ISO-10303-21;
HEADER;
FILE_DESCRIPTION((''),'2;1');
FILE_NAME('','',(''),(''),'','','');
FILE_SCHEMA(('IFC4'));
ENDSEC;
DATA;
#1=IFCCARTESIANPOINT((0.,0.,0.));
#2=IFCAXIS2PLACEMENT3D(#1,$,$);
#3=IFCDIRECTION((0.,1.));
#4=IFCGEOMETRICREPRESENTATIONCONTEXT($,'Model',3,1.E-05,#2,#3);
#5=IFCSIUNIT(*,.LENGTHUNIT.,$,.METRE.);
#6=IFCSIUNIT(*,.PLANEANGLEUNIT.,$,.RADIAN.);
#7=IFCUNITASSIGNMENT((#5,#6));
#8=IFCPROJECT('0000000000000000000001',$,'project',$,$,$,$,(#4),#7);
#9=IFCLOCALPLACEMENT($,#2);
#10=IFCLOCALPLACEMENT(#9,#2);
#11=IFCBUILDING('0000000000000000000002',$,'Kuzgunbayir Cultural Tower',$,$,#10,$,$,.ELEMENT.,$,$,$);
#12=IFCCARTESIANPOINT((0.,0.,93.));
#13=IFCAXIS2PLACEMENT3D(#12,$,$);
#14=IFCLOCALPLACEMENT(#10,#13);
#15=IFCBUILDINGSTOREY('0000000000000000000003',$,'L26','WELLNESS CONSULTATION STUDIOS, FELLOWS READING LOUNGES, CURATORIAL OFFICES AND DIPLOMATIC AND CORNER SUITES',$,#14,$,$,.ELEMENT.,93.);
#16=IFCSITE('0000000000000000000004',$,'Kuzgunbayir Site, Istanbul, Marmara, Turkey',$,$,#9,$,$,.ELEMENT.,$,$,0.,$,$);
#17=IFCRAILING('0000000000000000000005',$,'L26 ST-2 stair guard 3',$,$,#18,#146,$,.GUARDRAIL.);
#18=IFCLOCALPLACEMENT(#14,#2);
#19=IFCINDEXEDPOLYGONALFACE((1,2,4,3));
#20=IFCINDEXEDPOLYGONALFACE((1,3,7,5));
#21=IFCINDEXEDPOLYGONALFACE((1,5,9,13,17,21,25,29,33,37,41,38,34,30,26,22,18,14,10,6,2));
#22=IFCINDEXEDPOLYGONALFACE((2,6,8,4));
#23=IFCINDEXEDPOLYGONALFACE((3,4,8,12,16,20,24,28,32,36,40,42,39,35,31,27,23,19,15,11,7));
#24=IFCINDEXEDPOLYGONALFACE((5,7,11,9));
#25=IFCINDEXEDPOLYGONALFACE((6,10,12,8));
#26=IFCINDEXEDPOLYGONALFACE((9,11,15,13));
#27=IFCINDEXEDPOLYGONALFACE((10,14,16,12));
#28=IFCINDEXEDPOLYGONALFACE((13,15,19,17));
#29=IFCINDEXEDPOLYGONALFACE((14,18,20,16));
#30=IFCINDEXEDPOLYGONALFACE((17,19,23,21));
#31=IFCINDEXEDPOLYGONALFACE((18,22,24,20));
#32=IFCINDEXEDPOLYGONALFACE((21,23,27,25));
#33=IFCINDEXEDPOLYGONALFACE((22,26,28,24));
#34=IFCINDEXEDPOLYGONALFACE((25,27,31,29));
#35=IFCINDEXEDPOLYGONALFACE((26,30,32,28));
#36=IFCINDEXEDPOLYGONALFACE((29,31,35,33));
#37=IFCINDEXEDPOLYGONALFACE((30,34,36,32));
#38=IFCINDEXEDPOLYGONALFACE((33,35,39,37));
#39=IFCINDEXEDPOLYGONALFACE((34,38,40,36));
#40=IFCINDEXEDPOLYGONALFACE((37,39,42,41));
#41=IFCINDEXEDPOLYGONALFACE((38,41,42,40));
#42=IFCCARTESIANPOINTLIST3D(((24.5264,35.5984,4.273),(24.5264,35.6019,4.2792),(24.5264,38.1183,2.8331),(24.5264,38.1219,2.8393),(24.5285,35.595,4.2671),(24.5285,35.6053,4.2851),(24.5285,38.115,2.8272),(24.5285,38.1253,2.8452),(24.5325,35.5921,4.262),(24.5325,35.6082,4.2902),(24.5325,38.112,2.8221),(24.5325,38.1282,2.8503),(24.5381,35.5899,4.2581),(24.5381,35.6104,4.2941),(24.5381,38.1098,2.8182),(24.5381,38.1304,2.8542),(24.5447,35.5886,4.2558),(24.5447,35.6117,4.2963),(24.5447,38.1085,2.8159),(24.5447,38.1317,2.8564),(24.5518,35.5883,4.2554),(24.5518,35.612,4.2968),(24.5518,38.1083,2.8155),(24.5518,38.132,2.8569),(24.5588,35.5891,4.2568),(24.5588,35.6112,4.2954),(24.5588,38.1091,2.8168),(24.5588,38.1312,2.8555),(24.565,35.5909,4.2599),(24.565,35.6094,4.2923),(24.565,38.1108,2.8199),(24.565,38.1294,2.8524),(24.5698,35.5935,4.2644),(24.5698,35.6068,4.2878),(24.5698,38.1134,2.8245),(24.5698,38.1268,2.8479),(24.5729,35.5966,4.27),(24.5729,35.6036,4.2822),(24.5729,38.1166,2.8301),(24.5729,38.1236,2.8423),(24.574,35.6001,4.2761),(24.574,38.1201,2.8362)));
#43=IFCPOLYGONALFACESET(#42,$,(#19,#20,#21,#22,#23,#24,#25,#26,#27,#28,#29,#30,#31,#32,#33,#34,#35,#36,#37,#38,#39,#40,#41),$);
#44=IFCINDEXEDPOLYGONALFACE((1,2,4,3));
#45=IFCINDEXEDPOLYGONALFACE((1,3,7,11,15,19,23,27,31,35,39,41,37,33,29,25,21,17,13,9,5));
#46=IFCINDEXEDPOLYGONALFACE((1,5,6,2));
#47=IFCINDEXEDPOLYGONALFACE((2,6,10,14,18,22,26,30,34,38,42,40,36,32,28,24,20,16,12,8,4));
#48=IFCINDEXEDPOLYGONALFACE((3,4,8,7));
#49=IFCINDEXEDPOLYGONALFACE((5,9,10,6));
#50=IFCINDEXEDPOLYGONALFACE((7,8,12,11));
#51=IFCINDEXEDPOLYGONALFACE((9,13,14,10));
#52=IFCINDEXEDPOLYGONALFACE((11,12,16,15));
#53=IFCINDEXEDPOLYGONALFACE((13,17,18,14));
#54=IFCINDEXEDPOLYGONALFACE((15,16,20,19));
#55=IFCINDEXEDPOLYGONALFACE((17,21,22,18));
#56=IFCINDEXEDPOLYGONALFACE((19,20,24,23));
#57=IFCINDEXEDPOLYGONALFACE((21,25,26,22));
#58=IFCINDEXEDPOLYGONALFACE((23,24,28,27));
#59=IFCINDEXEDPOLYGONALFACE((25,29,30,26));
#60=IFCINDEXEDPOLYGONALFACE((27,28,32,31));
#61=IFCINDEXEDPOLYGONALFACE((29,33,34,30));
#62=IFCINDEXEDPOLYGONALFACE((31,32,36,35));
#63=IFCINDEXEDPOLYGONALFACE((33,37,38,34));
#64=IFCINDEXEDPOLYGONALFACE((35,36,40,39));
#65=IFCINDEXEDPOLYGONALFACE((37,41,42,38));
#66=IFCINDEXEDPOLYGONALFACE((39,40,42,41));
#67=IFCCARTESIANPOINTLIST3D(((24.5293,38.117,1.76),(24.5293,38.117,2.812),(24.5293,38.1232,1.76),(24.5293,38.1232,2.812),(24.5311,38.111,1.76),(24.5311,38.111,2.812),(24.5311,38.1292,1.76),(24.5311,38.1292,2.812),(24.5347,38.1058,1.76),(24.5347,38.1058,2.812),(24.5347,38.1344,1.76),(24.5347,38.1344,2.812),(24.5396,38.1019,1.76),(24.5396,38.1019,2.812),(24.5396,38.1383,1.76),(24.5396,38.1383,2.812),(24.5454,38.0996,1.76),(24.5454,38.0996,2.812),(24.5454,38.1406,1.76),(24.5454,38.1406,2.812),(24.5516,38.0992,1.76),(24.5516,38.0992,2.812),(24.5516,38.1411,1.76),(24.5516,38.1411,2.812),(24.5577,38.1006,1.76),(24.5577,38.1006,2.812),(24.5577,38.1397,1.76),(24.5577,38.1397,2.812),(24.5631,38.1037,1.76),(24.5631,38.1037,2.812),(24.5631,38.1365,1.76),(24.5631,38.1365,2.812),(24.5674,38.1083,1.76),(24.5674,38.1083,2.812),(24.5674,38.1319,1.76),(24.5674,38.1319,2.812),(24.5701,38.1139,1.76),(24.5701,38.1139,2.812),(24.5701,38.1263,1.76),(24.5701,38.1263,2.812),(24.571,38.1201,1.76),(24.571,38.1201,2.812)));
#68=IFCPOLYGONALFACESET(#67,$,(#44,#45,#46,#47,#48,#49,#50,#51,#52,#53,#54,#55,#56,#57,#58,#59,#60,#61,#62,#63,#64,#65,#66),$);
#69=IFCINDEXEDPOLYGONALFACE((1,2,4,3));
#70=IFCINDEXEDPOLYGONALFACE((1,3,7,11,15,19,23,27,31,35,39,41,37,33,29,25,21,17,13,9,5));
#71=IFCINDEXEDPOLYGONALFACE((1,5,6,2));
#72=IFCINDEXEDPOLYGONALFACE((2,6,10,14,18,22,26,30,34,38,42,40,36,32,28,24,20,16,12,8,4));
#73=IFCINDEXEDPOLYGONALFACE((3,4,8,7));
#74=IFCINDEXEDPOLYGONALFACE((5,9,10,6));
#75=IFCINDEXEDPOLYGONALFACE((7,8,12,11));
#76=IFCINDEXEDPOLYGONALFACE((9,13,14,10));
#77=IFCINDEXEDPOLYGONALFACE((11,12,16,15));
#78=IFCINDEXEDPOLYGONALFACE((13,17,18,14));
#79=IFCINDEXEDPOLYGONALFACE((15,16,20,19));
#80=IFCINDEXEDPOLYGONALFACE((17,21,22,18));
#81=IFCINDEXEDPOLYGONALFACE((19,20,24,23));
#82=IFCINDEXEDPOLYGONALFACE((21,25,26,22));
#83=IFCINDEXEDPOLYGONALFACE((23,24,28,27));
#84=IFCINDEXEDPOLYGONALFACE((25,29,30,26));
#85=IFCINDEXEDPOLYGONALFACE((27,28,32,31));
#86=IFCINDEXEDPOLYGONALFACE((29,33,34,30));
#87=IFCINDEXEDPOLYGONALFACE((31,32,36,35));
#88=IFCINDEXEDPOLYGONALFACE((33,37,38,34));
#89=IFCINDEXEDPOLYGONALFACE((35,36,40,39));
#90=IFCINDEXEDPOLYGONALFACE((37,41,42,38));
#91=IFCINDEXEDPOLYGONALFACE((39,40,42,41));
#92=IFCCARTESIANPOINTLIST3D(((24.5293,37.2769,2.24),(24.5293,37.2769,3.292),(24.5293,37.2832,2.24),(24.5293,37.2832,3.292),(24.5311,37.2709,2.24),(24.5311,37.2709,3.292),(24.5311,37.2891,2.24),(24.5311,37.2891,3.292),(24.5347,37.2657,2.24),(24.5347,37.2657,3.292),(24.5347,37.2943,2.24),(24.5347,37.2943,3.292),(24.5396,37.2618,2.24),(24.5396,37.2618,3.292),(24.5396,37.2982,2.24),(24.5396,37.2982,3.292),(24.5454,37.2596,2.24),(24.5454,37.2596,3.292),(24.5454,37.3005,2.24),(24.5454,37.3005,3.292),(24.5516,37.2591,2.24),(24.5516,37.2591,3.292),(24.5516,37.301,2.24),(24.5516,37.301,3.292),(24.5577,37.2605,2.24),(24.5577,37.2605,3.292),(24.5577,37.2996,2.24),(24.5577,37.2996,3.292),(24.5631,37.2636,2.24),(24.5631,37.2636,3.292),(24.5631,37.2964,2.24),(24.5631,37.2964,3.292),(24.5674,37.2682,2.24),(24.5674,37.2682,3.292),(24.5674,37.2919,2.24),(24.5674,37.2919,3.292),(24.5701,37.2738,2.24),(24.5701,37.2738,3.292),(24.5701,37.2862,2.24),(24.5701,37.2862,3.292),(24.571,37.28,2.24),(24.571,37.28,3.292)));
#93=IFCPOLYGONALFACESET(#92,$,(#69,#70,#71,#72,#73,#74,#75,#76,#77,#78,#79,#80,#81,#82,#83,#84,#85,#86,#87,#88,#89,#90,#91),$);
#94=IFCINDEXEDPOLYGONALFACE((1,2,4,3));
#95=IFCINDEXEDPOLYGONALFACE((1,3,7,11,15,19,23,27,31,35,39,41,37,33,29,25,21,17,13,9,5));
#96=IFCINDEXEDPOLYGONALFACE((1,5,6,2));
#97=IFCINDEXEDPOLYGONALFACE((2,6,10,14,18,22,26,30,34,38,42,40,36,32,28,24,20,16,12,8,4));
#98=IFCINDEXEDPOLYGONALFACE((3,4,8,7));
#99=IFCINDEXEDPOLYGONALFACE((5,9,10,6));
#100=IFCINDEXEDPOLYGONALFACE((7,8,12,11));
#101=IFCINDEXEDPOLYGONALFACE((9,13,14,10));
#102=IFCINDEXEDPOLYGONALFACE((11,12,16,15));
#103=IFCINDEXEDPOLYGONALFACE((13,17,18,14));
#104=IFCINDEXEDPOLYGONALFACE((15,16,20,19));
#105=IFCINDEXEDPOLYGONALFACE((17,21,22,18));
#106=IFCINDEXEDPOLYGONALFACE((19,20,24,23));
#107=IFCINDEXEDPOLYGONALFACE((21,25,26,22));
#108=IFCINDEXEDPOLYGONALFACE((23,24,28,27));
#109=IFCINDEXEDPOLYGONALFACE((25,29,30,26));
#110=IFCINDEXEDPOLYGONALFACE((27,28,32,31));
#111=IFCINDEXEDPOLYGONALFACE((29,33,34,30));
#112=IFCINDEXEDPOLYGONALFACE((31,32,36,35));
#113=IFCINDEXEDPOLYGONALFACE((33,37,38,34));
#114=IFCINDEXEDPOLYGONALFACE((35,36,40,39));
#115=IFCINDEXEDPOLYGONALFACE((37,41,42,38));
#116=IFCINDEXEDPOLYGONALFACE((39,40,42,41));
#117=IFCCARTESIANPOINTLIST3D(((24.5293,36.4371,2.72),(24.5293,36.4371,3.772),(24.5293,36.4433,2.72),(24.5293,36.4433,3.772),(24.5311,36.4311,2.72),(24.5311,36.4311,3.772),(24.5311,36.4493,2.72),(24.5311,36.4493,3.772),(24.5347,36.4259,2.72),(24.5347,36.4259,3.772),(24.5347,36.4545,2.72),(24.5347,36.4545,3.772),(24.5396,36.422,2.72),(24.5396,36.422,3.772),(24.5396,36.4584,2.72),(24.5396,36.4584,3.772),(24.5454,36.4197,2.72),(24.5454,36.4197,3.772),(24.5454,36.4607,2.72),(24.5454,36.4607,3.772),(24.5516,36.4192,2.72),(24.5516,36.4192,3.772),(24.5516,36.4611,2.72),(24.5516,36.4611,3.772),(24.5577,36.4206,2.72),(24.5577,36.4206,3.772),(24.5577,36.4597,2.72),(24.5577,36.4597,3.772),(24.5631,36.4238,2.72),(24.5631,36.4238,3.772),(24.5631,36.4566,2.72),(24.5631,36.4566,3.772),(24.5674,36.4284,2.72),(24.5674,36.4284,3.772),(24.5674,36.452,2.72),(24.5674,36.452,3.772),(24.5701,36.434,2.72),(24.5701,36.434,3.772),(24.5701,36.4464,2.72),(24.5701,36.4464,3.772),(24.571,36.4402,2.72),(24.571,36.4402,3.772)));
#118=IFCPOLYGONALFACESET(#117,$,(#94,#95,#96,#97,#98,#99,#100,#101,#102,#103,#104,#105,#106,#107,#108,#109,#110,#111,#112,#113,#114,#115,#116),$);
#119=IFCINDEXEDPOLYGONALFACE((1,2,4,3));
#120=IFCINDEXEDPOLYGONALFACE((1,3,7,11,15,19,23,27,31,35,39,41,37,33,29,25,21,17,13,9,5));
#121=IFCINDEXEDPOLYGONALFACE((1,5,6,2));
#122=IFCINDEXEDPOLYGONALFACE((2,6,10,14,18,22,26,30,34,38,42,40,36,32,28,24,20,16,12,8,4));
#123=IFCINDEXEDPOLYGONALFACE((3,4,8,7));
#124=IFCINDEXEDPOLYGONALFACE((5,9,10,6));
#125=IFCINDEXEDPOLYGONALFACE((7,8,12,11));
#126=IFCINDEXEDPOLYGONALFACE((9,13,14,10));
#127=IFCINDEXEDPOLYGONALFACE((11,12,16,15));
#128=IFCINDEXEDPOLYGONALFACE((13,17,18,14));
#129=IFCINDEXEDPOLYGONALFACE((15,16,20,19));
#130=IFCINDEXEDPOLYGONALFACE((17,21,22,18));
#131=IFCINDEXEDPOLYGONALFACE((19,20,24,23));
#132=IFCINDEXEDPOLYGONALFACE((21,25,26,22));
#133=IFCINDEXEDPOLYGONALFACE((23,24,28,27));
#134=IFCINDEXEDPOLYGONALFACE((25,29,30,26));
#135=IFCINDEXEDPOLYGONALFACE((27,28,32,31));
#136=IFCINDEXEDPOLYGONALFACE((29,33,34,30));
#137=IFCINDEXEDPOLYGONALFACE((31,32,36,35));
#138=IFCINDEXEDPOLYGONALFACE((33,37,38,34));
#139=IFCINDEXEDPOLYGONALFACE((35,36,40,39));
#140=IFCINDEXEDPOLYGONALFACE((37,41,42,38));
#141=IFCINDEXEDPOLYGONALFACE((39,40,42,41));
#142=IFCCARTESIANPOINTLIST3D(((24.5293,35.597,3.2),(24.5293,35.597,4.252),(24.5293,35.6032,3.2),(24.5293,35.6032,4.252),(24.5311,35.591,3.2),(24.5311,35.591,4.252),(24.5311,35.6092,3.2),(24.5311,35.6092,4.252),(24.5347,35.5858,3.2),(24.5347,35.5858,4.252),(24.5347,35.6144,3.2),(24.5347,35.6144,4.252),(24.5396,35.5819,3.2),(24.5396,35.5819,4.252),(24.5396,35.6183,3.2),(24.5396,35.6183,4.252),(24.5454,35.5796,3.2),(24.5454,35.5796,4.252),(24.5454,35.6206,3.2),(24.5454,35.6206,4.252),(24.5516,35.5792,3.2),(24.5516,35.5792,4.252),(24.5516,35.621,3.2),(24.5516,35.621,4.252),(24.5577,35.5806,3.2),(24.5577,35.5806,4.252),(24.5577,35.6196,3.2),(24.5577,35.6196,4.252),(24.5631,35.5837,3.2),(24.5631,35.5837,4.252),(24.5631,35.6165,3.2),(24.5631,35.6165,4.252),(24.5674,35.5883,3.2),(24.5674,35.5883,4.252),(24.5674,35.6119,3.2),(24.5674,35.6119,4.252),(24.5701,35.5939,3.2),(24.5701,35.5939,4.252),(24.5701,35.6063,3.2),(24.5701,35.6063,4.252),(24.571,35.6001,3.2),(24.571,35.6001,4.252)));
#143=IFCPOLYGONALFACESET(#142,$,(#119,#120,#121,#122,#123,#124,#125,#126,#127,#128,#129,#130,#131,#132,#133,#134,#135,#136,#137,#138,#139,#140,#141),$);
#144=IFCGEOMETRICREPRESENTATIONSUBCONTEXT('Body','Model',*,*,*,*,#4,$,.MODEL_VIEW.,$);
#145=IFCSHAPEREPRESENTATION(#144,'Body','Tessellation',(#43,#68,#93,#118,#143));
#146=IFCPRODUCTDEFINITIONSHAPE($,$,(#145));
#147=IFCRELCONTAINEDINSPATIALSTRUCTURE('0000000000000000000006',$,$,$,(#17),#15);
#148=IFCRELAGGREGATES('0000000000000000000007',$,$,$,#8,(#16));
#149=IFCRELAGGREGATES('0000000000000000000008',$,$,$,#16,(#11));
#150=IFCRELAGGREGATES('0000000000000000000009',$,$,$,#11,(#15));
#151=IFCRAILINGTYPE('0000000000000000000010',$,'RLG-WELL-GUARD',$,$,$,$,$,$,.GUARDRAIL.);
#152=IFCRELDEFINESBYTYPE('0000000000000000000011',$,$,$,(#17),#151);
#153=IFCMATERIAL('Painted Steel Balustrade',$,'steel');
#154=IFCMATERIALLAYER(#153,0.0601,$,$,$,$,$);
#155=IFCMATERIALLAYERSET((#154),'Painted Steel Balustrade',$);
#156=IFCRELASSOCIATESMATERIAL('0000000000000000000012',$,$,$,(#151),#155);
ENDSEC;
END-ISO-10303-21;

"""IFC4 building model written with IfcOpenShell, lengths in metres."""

from ifc_helpers import new_model, si_unit, direction, frame, origin, origin_2d, place, context, subcontext, project, spatial, circle, extrude, material, layer, layer_set, type_object, element, save


model = new_model("IFC4")

# Units and contexts
model_context = context("Model", 3, precision=1e-05, world=origin(), true_north=direction((0.0, 1.0)))
body_context = subcontext(model_context, "Body", "Model", "MODEL_VIEW")
ifc_project = project(units=[si_unit("LENGTHUNIT", "METRE"), si_unit("PLANEANGLEUNIT", "RADIAN")], contexts=[model_context])

# Site, building, storey
site_placement = place(None, origin())
site = spatial("IfcSite", under=ifc_project, at=site_placement, Name="Kuzgunbayir Site, Istanbul, Marmara, Turkey", CompositionType="ELEMENT", RefElevation=0.0)
building_placement = place(site_placement, origin())
building = spatial("IfcBuilding", under=site, at=building_placement, Name="Kuzgunbayir Cultural Tower", CompositionType="ELEMENT")
storey_placement = place(building_placement, frame((0.0, 0.0, 93.0)))
storey = spatial("IfcBuildingStorey", under=building, at=storey_placement, Name="L26", Description="WELLNESS CONSULTATION STUDIOS, FELLOWS READING LOUNGES, CURATORIAL OFFICES AND DIPLOMATIC AND CORNER SUITES", CompositionType="ELEMENT", Elevation=93.0)

# Railing
ifc_material_1 = material(Name="Painted Steel Balustrade", Category="steel")
ifc_layer_1 = layer(ifc_material_1, 0.0601)
ifc_layer_set_1 = layer_set([ifc_layer_1], Name="Painted Steel Balustrade")
railing_type_1 = type_object("IfcRailingType", Name="RLG-WELL-GUARD", PredefinedType="GUARDRAIL", material=ifc_layer_set_1)
railing_1_placement = place(storey_placement, frame((24.55, 38.1201, 1.76)))
element("IfcRailing", 1, at=railing_1_placement, inside=storey, type_object=railing_type_1, Name="L26 ST-2 stair guard 3", PredefinedType="GUARDRAIL", context=body_context, shape_type="SweptSolid", body=[
    extrude(circle(Radius=0.0239, at=origin_2d()), frame((0.0, 0.0, 1.0762), z_axis=(0.0, -0.868253, 0.496121), x_axis=(1.0, 0.0, 0.0)), (0.0, 0.0, 1.0), 2.9023),
    extrude(circle(Radius=0.021, at=origin_2d()), origin(), (0.0, 0.0, 1.0), 1.052),
    extrude(circle(Radius=0.021, at=origin_2d()), frame((0.0, -0.8401, 0.48)), (0.0, 0.0, 1.0), 1.052),
    extrude(circle(Radius=0.021, at=origin_2d()), frame((0.0, -1.6799, 0.96)), (0.0, 0.0, 1.0), 1.052),
    extrude(circle(Radius=0.021, at=origin_2d()), frame((0.0, -2.52, 1.4399)), (0.0, 0.0, 1.0), 1.052),
])

save(model, "model.ifc")
